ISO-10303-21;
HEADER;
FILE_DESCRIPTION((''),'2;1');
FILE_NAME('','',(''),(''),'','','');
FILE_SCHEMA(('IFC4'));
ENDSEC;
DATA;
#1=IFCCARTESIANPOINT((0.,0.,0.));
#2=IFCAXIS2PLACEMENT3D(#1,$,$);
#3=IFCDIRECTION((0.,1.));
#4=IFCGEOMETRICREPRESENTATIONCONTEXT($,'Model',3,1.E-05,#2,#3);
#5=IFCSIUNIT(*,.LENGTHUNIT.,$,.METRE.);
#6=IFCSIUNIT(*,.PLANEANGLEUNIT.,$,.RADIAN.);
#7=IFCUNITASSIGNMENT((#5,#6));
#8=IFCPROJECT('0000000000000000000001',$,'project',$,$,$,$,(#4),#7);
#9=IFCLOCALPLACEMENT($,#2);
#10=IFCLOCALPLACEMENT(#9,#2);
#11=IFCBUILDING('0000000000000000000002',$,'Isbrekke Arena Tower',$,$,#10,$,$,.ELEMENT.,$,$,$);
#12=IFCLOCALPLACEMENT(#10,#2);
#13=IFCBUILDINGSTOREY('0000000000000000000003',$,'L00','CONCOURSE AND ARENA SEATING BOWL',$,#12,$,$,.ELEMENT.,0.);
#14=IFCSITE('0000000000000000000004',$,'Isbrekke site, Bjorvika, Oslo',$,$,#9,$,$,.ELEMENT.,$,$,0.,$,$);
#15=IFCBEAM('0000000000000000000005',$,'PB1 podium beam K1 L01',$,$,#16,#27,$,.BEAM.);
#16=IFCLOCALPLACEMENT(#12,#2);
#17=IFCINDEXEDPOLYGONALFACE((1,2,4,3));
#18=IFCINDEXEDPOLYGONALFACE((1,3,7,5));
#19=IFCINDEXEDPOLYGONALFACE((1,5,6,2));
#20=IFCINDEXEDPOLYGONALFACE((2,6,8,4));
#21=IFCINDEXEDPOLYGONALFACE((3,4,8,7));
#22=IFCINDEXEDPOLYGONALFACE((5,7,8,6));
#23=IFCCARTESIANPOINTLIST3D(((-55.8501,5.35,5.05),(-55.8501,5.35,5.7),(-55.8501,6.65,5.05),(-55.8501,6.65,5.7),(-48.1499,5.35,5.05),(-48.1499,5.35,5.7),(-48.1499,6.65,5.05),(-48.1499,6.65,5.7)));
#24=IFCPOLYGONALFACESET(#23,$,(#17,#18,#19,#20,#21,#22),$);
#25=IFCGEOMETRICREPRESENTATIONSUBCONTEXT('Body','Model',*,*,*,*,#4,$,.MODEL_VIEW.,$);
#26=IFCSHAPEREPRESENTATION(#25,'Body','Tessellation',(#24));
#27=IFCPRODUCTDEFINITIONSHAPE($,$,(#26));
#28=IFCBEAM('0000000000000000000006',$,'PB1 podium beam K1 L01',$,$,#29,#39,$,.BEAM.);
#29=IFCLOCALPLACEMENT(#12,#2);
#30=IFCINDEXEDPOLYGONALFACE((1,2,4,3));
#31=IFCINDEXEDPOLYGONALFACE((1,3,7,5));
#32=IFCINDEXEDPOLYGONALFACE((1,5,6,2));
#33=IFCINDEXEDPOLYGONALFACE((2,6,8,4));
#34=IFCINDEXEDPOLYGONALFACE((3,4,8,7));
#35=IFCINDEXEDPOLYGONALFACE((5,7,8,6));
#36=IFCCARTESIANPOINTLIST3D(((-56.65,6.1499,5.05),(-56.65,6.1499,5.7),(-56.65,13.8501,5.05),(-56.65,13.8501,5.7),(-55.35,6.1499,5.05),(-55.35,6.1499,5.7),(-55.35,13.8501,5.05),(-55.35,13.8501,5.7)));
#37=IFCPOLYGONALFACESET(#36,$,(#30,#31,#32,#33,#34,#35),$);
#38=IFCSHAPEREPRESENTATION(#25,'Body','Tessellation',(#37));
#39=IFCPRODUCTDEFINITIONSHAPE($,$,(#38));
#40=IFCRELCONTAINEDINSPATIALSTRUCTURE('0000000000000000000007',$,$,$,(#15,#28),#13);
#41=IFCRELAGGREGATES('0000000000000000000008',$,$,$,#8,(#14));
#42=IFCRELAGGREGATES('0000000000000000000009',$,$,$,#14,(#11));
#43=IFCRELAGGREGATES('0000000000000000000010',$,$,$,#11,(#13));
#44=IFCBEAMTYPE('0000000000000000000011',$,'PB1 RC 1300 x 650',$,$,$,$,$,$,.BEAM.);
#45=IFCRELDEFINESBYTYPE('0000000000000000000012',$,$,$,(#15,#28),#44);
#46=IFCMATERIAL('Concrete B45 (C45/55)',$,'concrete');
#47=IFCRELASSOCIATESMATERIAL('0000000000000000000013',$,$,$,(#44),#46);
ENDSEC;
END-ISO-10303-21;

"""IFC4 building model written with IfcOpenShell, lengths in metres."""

from ifc_helpers import new_model, si_unit, direction, frame, origin, origin_2d, place, context, subcontext, project, spatial, rectangle, extrude, material, material_profile, profile_set, type_object, element, save


model = new_model("IFC4")

# Units and contexts
model_context = context("Model", 3, precision=1e-05, world=origin(), true_north=direction((0.0, 1.0)))
body_context = subcontext(model_context, "Body", "Model", "MODEL_VIEW")
ifc_project = project(units=[si_unit("LENGTHUNIT", "METRE"), si_unit("PLANEANGLEUNIT", "RADIAN")], contexts=[model_context])

# Site, building, storey
site_placement = place(None, origin())
site = spatial("IfcSite", under=ifc_project, at=site_placement, Name="Isbrekke site, Bjorvika, Oslo", CompositionType="ELEMENT", RefElevation=0.0)
building_placement = place(site_placement, origin())
building = spatial("IfcBuilding", under=site, at=building_placement, Name="Isbrekke Arena Tower", CompositionType="ELEMENT")
storey_placement = place(building_placement, origin())
storey = spatial("IfcBuildingStorey", under=building, at=storey_placement, Name="L00", Description="CONCOURSE AND ARENA SEATING BOWL", CompositionType="ELEMENT", Elevation=0.0)

# Beams
ifc_material = material(Name="Concrete B45 (C45/55)", Category="concrete")
ifc_material_profile = material_profile(ifc_material, rectangle(XDim=1.3, YDim=0.6499, at=origin_2d()), Name="RC 1300x650")
ifc_profile_set = profile_set([ifc_material_profile], Name="Concrete B45 (C45/55)")
beam_type = type_object("IfcBeamType", Name="PB1 RC 1300 x 650", PredefinedType="BEAM", material=ifc_profile_set)
for number, where, z_axis, x_axis, name in (
    (1, (-55.8501, 6.0, 5.375), (1.0, 0.0, 0.0), (0.0, 1.0, 0.0), "PB1 podium beam K1 L01"),
    (2, (-56.0, 6.1499, 5.375), (0.0, 1.0, 0.0), (-1.0, 0.0, 0.0), "PB1 podium beam K1 L01"),
):
    element("IfcBeam", number, at=place(storey_placement, frame(where, z_axis=z_axis, x_axis=x_axis)), inside=storey, type_object=beam_type, Name=name, PredefinedType="BEAM", context=body_context, shape_type="SweptSolid", body=[
        extrude(rectangle(XDim=1.3, YDim=0.6499, at=origin_2d()), origin(), (0.0, 0.0, 1.0), 7.7002),
    ])

save(model, "model.ifc")
